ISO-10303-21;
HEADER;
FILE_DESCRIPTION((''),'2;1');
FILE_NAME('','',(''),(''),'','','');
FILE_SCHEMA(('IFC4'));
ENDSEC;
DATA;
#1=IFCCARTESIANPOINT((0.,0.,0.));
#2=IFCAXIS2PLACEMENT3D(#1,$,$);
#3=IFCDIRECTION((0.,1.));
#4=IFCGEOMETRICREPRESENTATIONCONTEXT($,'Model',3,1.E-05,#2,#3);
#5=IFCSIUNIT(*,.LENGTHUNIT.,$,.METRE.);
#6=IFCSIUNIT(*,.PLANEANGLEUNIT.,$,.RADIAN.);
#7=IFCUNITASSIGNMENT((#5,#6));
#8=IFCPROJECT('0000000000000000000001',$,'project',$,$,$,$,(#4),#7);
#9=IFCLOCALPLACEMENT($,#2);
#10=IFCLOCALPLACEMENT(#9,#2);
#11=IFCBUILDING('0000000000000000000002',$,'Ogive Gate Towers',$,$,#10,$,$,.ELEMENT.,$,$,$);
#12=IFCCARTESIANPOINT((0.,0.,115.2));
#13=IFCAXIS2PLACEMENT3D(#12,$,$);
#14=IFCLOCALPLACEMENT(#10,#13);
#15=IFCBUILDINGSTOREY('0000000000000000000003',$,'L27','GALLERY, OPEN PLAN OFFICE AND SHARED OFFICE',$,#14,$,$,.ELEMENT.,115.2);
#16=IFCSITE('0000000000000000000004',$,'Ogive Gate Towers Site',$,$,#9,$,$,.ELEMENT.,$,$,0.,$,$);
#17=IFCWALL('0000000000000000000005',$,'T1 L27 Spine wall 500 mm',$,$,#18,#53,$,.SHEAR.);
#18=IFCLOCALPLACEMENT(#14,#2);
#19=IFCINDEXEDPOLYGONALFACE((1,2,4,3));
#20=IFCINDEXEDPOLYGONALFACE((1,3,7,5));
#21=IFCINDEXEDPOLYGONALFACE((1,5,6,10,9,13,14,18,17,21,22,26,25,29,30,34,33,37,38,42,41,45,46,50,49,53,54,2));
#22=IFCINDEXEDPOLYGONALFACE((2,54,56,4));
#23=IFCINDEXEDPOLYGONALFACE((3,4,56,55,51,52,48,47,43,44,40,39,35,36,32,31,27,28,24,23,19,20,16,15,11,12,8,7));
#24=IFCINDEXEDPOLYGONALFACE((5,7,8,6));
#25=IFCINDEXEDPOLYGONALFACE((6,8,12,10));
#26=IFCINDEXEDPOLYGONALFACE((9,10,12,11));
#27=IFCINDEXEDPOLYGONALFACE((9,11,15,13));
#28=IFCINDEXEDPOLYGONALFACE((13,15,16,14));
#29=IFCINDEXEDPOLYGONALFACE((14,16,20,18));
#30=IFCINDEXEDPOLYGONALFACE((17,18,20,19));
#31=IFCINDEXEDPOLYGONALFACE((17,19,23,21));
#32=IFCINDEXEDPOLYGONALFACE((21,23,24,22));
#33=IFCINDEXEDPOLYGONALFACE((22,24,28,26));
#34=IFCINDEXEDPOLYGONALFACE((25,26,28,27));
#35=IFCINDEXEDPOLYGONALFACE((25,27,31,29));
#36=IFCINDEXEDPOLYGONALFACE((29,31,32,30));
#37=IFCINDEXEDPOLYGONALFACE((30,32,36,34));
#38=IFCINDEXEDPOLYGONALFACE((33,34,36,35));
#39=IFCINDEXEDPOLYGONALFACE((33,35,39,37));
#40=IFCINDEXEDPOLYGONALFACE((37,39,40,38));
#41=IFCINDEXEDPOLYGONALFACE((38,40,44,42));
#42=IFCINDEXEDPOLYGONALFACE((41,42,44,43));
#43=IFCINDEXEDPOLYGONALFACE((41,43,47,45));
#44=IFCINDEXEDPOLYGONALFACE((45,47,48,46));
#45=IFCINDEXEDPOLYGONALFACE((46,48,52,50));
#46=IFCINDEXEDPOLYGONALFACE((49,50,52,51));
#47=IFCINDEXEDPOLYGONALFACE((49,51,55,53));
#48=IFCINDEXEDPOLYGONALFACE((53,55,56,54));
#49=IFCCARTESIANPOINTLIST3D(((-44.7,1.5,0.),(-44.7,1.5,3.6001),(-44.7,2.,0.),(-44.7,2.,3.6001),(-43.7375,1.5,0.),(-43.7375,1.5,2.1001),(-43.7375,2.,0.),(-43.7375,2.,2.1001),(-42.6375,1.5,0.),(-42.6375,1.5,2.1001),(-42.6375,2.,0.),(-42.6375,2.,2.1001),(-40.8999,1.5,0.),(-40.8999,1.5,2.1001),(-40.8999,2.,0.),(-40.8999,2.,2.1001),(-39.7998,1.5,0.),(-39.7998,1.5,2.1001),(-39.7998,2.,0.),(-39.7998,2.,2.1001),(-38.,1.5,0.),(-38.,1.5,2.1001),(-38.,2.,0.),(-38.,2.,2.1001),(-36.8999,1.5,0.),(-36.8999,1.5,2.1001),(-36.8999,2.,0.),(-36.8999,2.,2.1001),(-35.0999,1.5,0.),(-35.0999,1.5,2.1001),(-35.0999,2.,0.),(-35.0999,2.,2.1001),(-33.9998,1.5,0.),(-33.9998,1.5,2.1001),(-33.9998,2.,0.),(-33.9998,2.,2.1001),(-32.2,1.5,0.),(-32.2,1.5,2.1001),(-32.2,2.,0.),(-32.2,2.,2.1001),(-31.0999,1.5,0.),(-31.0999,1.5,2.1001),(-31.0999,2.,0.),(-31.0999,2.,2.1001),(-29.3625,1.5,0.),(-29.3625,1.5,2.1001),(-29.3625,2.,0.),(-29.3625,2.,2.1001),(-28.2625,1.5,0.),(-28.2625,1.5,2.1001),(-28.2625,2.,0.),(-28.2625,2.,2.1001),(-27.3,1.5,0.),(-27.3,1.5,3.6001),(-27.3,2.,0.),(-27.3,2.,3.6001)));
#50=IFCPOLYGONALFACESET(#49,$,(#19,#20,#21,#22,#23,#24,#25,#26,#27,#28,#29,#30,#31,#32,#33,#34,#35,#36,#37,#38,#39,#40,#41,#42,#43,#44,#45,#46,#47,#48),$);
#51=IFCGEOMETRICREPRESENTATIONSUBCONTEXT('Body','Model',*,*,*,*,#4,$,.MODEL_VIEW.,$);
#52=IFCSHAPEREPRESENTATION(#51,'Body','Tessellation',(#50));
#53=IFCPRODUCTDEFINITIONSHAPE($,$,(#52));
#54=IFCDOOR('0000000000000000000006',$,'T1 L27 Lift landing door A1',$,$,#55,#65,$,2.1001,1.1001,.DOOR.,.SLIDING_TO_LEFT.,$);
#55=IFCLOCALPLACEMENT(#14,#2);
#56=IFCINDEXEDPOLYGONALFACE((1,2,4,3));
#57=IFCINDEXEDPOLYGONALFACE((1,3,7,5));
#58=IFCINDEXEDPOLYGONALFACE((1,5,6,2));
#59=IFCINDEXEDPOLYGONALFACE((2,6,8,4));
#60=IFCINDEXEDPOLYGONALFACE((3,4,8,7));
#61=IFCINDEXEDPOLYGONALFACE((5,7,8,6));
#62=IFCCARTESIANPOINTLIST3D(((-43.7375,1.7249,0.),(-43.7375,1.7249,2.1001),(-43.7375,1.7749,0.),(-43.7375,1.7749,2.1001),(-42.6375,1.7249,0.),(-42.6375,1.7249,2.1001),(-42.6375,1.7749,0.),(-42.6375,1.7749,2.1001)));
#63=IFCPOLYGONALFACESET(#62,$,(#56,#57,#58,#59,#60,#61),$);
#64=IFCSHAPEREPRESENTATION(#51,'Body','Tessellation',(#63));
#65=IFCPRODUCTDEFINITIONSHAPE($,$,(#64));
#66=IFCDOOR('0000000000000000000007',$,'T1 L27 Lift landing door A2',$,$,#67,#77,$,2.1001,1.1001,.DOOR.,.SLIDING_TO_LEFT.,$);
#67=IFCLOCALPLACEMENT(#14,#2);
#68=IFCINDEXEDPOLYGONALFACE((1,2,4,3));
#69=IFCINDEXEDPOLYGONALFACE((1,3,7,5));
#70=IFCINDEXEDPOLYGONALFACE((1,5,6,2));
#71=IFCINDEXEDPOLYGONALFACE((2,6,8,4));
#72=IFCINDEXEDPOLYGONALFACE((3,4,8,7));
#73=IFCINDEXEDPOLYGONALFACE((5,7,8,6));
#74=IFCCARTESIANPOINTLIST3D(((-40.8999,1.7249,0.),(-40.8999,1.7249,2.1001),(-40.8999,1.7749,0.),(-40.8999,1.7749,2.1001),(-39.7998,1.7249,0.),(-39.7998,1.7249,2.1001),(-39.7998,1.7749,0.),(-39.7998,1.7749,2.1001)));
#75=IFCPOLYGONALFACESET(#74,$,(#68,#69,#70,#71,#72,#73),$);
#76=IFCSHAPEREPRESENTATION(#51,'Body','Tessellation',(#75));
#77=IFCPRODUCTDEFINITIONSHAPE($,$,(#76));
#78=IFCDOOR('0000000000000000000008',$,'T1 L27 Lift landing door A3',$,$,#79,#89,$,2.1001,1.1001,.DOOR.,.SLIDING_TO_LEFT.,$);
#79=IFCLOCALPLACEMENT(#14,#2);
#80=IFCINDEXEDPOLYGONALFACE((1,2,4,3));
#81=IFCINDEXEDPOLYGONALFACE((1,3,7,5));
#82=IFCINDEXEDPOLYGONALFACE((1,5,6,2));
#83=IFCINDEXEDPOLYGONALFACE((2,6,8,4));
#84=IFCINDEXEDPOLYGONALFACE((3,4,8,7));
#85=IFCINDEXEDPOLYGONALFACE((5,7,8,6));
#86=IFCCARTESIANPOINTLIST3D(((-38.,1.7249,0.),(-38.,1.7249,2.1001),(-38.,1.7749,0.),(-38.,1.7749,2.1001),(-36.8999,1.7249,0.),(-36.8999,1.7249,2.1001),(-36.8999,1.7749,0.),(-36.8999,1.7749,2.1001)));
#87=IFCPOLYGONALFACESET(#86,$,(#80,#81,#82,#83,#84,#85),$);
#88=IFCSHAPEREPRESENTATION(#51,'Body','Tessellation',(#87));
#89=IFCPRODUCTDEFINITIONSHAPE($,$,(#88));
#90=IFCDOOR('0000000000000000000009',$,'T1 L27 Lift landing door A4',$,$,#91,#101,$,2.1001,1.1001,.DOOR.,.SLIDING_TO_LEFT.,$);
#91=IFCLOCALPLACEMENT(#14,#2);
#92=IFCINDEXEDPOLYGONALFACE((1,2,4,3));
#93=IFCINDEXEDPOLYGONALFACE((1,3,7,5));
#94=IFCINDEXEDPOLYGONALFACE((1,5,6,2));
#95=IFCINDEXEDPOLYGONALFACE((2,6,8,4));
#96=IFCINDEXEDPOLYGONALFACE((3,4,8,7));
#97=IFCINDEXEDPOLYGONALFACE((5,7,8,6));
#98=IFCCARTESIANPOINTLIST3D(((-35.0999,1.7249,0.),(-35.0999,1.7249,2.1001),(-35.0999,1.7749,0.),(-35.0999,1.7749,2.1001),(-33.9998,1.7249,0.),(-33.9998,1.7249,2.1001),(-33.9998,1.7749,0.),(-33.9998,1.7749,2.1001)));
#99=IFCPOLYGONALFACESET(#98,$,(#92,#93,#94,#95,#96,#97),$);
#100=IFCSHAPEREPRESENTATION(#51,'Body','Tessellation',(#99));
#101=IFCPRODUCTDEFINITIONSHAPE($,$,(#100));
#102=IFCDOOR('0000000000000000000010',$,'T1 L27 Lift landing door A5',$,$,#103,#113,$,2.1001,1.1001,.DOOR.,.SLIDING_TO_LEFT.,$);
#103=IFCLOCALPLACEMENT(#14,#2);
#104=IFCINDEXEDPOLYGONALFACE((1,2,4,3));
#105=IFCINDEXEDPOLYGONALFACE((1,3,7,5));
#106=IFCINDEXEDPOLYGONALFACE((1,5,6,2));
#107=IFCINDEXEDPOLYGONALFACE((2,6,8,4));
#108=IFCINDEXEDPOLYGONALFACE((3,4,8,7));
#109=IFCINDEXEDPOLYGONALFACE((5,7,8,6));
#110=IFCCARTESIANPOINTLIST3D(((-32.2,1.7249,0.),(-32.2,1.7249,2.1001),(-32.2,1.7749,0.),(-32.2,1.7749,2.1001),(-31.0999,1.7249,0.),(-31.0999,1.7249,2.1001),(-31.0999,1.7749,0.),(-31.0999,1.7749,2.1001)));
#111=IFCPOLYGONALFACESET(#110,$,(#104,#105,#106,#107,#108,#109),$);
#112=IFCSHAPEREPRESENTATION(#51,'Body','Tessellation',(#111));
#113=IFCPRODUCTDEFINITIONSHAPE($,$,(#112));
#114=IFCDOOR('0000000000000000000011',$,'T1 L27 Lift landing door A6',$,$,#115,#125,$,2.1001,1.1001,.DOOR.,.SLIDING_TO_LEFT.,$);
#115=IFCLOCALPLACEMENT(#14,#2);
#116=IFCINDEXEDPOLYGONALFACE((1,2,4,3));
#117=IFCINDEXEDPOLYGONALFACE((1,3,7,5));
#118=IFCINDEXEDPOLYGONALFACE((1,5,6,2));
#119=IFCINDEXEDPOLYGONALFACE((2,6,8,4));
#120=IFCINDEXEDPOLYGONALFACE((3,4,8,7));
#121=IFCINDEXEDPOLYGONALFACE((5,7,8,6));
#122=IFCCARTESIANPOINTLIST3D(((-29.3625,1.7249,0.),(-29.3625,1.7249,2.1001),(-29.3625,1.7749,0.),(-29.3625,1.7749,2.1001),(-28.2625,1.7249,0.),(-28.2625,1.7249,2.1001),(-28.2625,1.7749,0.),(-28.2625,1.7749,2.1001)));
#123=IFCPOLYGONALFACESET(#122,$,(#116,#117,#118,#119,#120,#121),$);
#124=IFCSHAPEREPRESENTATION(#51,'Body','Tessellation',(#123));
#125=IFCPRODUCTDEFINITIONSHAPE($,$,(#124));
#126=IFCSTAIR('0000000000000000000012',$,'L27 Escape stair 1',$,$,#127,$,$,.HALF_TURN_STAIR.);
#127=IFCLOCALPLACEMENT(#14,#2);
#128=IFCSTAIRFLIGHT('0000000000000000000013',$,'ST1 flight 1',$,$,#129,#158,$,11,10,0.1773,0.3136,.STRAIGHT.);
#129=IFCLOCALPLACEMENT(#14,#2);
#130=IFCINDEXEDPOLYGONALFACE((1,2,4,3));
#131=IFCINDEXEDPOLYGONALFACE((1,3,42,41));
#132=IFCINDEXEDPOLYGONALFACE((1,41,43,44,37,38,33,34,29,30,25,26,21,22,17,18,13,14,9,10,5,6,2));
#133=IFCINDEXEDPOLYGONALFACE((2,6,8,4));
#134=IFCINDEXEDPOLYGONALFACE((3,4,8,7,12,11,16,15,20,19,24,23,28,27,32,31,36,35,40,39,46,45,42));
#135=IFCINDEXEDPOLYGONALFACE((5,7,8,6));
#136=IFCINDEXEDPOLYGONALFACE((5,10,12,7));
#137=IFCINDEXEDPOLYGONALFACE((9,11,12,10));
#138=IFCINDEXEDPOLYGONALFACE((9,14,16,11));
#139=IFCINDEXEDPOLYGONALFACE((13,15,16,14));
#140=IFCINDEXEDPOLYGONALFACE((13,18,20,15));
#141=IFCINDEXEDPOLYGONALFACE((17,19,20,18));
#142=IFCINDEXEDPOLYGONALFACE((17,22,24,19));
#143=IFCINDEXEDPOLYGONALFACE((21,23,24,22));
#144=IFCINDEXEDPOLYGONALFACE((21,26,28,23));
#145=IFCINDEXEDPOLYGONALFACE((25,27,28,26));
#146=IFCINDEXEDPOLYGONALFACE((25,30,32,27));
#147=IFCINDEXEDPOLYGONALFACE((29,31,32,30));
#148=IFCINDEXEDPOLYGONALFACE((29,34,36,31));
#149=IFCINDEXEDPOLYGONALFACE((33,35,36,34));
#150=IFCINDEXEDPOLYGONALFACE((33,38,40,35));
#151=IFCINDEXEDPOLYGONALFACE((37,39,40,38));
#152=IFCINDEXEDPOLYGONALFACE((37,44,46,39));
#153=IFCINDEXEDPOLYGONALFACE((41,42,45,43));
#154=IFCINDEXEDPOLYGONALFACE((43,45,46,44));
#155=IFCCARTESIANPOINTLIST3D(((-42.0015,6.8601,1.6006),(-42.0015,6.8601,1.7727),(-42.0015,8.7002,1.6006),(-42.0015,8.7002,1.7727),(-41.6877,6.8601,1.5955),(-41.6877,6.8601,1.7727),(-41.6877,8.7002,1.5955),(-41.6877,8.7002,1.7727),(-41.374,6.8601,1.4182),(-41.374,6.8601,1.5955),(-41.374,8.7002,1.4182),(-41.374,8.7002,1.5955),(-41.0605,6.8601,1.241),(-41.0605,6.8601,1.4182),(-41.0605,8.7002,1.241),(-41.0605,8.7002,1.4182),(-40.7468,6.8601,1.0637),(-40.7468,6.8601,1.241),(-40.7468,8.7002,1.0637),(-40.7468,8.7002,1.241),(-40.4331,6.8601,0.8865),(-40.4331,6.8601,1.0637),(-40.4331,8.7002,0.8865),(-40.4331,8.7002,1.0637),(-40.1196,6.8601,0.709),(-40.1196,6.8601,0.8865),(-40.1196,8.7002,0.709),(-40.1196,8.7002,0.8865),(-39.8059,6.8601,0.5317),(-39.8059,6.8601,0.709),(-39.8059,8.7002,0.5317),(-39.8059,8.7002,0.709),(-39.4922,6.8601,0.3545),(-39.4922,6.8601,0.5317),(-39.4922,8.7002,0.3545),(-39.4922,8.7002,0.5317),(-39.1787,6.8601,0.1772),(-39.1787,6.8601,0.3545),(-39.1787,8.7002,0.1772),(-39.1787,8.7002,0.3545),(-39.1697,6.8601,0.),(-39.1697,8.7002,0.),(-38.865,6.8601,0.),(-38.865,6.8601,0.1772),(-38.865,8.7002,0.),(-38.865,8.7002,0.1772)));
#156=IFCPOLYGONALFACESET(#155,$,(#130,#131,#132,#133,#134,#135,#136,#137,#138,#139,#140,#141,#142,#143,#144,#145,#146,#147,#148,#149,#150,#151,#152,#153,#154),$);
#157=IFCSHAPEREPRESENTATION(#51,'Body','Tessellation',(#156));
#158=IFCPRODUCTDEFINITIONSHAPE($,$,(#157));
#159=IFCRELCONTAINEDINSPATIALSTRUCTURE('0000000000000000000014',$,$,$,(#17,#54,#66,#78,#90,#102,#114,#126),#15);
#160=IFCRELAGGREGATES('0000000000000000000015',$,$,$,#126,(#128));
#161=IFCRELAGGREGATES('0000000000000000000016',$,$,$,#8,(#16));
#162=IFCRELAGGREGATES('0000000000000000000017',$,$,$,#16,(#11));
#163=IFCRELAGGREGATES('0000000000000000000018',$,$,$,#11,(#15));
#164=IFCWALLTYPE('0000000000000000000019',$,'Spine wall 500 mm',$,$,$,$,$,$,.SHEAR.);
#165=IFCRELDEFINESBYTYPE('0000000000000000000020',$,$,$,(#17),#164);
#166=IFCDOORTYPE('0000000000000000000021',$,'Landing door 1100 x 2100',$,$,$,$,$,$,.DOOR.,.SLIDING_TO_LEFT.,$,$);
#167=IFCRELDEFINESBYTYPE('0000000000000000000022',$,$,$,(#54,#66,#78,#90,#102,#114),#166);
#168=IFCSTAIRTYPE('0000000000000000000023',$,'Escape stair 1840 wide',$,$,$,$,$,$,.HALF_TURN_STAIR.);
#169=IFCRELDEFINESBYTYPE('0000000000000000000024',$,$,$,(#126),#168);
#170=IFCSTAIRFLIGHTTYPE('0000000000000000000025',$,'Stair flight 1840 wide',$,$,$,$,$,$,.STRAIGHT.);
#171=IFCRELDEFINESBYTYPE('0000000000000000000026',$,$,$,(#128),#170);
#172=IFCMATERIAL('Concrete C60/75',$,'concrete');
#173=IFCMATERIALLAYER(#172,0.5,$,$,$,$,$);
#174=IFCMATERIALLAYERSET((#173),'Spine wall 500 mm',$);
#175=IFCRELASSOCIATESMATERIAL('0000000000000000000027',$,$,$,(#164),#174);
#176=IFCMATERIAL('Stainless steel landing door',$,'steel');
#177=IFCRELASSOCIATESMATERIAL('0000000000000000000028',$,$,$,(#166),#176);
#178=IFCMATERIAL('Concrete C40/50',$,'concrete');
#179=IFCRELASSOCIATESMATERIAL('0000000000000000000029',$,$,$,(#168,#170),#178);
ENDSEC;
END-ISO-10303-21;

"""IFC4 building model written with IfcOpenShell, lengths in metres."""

from ifc_helpers import new_model, si_unit, direction, frame, frame_2d, origin, place, context, subcontext, project, spatial, polyline, rectangle, outline, extrude, material, layer, layer_set, type_object, element, fill, aggregate, save


model = new_model("IFC4")

# Units and contexts
model_context = context("Model", 3, precision=1e-05, world=origin(), true_north=direction((0.0, 1.0)))
body_context = subcontext(model_context, "Body", "Model", "MODEL_VIEW")
ifc_project = project(units=[si_unit("LENGTHUNIT", "METRE"), si_unit("PLANEANGLEUNIT", "RADIAN")], contexts=[model_context])

# Site, building, storey
site_placement = place(None, origin())
site = spatial("IfcSite", under=ifc_project, at=site_placement, Name="Ogive Gate Towers Site", CompositionType="ELEMENT", RefElevation=0.0)
building_placement = place(site_placement, origin())
building = spatial("IfcBuilding", under=site, at=building_placement, Name="Ogive Gate Towers", CompositionType="ELEMENT")
storey_placement = place(building_placement, frame((0.0, 0.0, 115.2)))
storey = spatial("IfcBuildingStorey", under=building, at=storey_placement, Name="L27", Description="GALLERY, OPEN PLAN OFFICE AND SHARED OFFICE", CompositionType="ELEMENT", Elevation=115.2)

# Shared definitions
ifc_material_1 = material(Name="Concrete C60/75", Category="concrete")

# Wall, openings, doors
ifc_layer_1 = layer(ifc_material_1, 0.5)
ifc_layer_set_1 = layer_set([ifc_layer_1], Name="Spine wall 500 mm")
wall_type_1 = type_object("IfcWallType", Name="Spine wall 500 mm", PredefinedType="SHEAR", material=ifc_layer_set_1)
wall_1_placement = place(storey_placement, frame((-44.7, 1.75, 0.0), z_axis=(0.0, 0.0, 1.0), x_axis=(1.0, 0.0, 0.0)))
wall_1 = element("IfcWall", 1, at=wall_1_placement, inside=storey, type_object=wall_type_1, Name="T1 L27 Spine wall 500 mm", PredefinedType="SHEAR", context=body_context, shape_type="SweptSolid", body=[
    extrude(rectangle(XDim=17.3999, YDim=0.5, at=frame_2d((8.7, 0.0))), origin(), (0.0, 0.0, 1.0), 3.6001),
])
opening_1_placement = place(wall_1_placement, frame((0.9624, 0.0, 0.0)))
opening_1 = element("IfcOpeningElement", 2, at=opening_1_placement, cuts=wall_1, PredefinedType="OPENING", context=body_context, shape_type="SweptSolid", body=[
    extrude(rectangle(XDim=1.1001, YDim=2.1001, at=frame_2d((0.55, 1.05))), frame((0.0, 0.26, 0.0), z_axis=(0.0, -1.0, 0.0), x_axis=(1.0, 0.0, 0.0)), (0.0, 0.0, 1.0), 0.52),
])
opening_2_placement = place(wall_1_placement, frame((3.8, 0.0, 0.0)))
opening_2 = element("IfcOpeningElement", 3, at=opening_2_placement, cuts=wall_1, PredefinedType="OPENING", context=body_context, shape_type="SweptSolid", body=[
    extrude(rectangle(XDim=1.1001, YDim=2.1001, at=frame_2d((0.55, 1.05))), frame((0.0, 0.26, 0.0), z_axis=(0.0, -1.0, 0.0), x_axis=(1.0, 0.0, 0.0)), (0.0, 0.0, 1.0), 0.52),
])
opening_3_placement = place(wall_1_placement, frame((6.7, 0.0, 0.0)))
opening_3 = element("IfcOpeningElement", 4, at=opening_3_placement, cuts=wall_1, PredefinedType="OPENING", context=body_context, shape_type="SweptSolid", body=[
    extrude(rectangle(XDim=1.1001, YDim=2.1001, at=frame_2d((0.55, 1.05))), frame((0.0, 0.26, 0.0), z_axis=(0.0, -1.0, 0.0), x_axis=(1.0, 0.0, 0.0)), (0.0, 0.0, 1.0), 0.52),
])
opening_4_placement = place(wall_1_placement, frame((9.6001, 0.0, 0.0)))
opening_4 = element("IfcOpeningElement", 5, at=opening_4_placement, cuts=wall_1, PredefinedType="OPENING", context=body_context, shape_type="SweptSolid", body=[
    extrude(rectangle(XDim=1.1001, YDim=2.1001, at=frame_2d((0.55, 1.05))), frame((0.0, 0.26, 0.0), z_axis=(0.0, -1.0, 0.0), x_axis=(1.0, 0.0, 0.0)), (0.0, 0.0, 1.0), 0.52),
])
opening_5_placement = place(wall_1_placement, frame((12.5, 0.0, 0.0)))
opening_5 = element("IfcOpeningElement", 6, at=opening_5_placement, cuts=wall_1, PredefinedType="OPENING", context=body_context, shape_type="SweptSolid", body=[
    extrude(rectangle(XDim=1.1001, YDim=2.1001, at=frame_2d((0.55, 1.05))), frame((0.0, 0.26, 0.0), z_axis=(0.0, -1.0, 0.0), x_axis=(1.0, 0.0, 0.0)), (0.0, 0.0, 1.0), 0.52),
])
opening_6_placement = place(wall_1_placement, frame((15.3374, 0.0, 0.0)))
opening_6 = element("IfcOpeningElement", 7, at=opening_6_placement, cuts=wall_1, PredefinedType="OPENING", context=body_context, shape_type="SweptSolid", body=[
    extrude(rectangle(XDim=1.1001, YDim=2.1001, at=frame_2d((0.55, 1.05))), frame((0.0, 0.26, 0.0), z_axis=(0.0, -1.0, 0.0), x_axis=(1.0, 0.0, 0.0)), (0.0, 0.0, 1.0), 0.52),
])
ifc_material_2 = material(Name="Stainless steel landing door", Category="steel")
door_type_1 = type_object("IfcDoorType", Name="Landing door 1100 x 2100", OperationType="SLIDING_TO_LEFT", PredefinedType="DOOR", material=ifc_material_2)
door_1_placement = place(opening_1_placement, origin())
door_1 = element("IfcDoor", 8, at=door_1_placement, inside=storey, type_object=door_type_1, Name="T1 L27 Lift landing door A1", OperationType="SLIDING_TO_LEFT", OverallHeight=2.1001, OverallWidth=1.1001, PredefinedType="DOOR", context=body_context, shape_type="SweptSolid", body=[
    extrude(rectangle(XDim=1.1001, YDim=2.1001, at=frame_2d((0.55, 1.05))), frame((0.0, 0.0249, 0.0), z_axis=(0.0, -1.0, 0.0), x_axis=(1.0, 0.0, 0.0)), (0.0, 0.0, 1.0), 0.05),
])
fill(opening_1, door_1)
door_2_placement = place(opening_2_placement, origin())
door_2 = element("IfcDoor", 9, at=door_2_placement, inside=storey, type_object=door_type_1, Name="T1 L27 Lift landing door A2", OperationType="SLIDING_TO_LEFT", OverallHeight=2.1001, OverallWidth=1.1001, PredefinedType="DOOR", context=body_context, shape_type="SweptSolid", body=[
    extrude(rectangle(XDim=1.1001, YDim=2.1001, at=frame_2d((0.55, 1.05))), frame((0.0, 0.0249, 0.0), z_axis=(0.0, -1.0, 0.0), x_axis=(1.0, 0.0, 0.0)), (0.0, 0.0, 1.0), 0.05),
])
fill(opening_2, door_2)
door_3_placement = place(opening_3_placement, origin())
door_3 = element("IfcDoor", 10, at=door_3_placement, inside=storey, type_object=door_type_1, Name="T1 L27 Lift landing door A3", OperationType="SLIDING_TO_LEFT", OverallHeight=2.1001, OverallWidth=1.1001, PredefinedType="DOOR", context=body_context, shape_type="SweptSolid", body=[
    extrude(rectangle(XDim=1.1001, YDim=2.1001, at=frame_2d((0.55, 1.05))), frame((0.0, 0.0249, 0.0), z_axis=(0.0, -1.0, 0.0), x_axis=(1.0, 0.0, 0.0)), (0.0, 0.0, 1.0), 0.05),
])
fill(opening_3, door_3)
door_4_placement = place(opening_4_placement, origin())
door_4 = element("IfcDoor", 11, at=door_4_placement, inside=storey, type_object=door_type_1, Name="T1 L27 Lift landing door A4", OperationType="SLIDING_TO_LEFT", OverallHeight=2.1001, OverallWidth=1.1001, PredefinedType="DOOR", context=body_context, shape_type="SweptSolid", body=[
    extrude(rectangle(XDim=1.1001, YDim=2.1001, at=frame_2d((0.55, 1.05))), frame((0.0, 0.0249, 0.0), z_axis=(0.0, -1.0, 0.0), x_axis=(1.0, 0.0, 0.0)), (0.0, 0.0, 1.0), 0.05),
])
fill(opening_4, door_4)
door_5_placement = place(opening_5_placement, origin())
door_5 = element("IfcDoor", 12, at=door_5_placement, inside=storey, type_object=door_type_1, Name="T1 L27 Lift landing door A5", OperationType="SLIDING_TO_LEFT", OverallHeight=2.1001, OverallWidth=1.1001, PredefinedType="DOOR", context=body_context, shape_type="SweptSolid", body=[
    extrude(rectangle(XDim=1.1001, YDim=2.1001, at=frame_2d((0.55, 1.05))), frame((0.0, 0.0249, 0.0), z_axis=(0.0, -1.0, 0.0), x_axis=(1.0, 0.0, 0.0)), (0.0, 0.0, 1.0), 0.05),
])
fill(opening_5, door_5)
door_6_placement = place(opening_6_placement, origin())
door_6 = element("IfcDoor", 13, at=door_6_placement, inside=storey, type_object=door_type_1, Name="T1 L27 Lift landing door A6", OperationType="SLIDING_TO_LEFT", OverallHeight=2.1001, OverallWidth=1.1001, PredefinedType="DOOR", context=body_context, shape_type="SweptSolid", body=[
    extrude(rectangle(XDim=1.1001, YDim=2.1001, at=frame_2d((0.55, 1.05))), frame((0.0, 0.0249, 0.0), z_axis=(0.0, -1.0, 0.0), x_axis=(1.0, 0.0, 0.0)), (0.0, 0.0, 1.0), 0.05),
])
fill(opening_6, door_6)

# Stair, stair flight
ifc_material_3 = material(Name="Concrete C40/50", Category="concrete")
stair_type = type_object("IfcStairType", Name="Escape stair 1840 wide", PredefinedType="HALF_TURN_STAIR", material=ifc_material_3)
stair_placement = place(storey_placement, origin())
stair = element("IfcStair", 14, at=stair_placement, inside=storey, type_object=stair_type, Name="L27 Escape stair 1", PredefinedType="HALF_TURN_STAIR")
stair_flight_type = type_object("IfcStairFlightType", Name="Stair flight 1840 wide", PredefinedType="STRAIGHT", material=ifc_material_3)
stair_flight_1_placement = place(storey_placement, frame((-38.865, 7.78, 0.0), z_axis=(0.0, 0.0, 1.0), x_axis=(-1.0, 0.0, 0.0)))
stair_flight_1 = element("IfcStairFlight", 15, at=stair_flight_1_placement, type_object=stair_flight_type, Name="ST1 flight 1", NumberOfRisers=11, NumberOfTreads=10, PredefinedType="STRAIGHT", RiserHeight=0.1773, TreadLength=0.3136, context=body_context, shape_type="SweptSolid", body=[
    extrude(outline(polyline([(0.0, 0.0), (0.0, 0.1772), (0.3137, 0.1772), (0.3137, 0.3545), (0.6272, 0.3545), (0.6272, 0.5317), (0.9409, 0.5317), (0.9409, 0.709), (1.2546, 0.709), (1.2546, 0.8865), (1.5681, 0.8865), (1.5681, 1.0637), (1.8818, 1.0637), (1.8818, 1.241), (2.1956, 1.241), (2.1956, 1.4182), (2.509, 1.4182), (2.509, 1.5955), (2.8228, 1.5955), (2.8228, 1.7727), (3.1365, 1.7727), (3.1365, 1.95), (3.1365, 1.6006), (0.3047, 0.0), (0.0, 0.0)])), frame((0.0, 0.9199, 0.0), z_axis=(0.0, -1.0, 0.0), x_axis=(1.0, 0.0, 0.0)), (0.0, 0.0, 1.0), 1.8401),
])
aggregate(stair, [stair_flight_1])

save(model, "model.ifc")
